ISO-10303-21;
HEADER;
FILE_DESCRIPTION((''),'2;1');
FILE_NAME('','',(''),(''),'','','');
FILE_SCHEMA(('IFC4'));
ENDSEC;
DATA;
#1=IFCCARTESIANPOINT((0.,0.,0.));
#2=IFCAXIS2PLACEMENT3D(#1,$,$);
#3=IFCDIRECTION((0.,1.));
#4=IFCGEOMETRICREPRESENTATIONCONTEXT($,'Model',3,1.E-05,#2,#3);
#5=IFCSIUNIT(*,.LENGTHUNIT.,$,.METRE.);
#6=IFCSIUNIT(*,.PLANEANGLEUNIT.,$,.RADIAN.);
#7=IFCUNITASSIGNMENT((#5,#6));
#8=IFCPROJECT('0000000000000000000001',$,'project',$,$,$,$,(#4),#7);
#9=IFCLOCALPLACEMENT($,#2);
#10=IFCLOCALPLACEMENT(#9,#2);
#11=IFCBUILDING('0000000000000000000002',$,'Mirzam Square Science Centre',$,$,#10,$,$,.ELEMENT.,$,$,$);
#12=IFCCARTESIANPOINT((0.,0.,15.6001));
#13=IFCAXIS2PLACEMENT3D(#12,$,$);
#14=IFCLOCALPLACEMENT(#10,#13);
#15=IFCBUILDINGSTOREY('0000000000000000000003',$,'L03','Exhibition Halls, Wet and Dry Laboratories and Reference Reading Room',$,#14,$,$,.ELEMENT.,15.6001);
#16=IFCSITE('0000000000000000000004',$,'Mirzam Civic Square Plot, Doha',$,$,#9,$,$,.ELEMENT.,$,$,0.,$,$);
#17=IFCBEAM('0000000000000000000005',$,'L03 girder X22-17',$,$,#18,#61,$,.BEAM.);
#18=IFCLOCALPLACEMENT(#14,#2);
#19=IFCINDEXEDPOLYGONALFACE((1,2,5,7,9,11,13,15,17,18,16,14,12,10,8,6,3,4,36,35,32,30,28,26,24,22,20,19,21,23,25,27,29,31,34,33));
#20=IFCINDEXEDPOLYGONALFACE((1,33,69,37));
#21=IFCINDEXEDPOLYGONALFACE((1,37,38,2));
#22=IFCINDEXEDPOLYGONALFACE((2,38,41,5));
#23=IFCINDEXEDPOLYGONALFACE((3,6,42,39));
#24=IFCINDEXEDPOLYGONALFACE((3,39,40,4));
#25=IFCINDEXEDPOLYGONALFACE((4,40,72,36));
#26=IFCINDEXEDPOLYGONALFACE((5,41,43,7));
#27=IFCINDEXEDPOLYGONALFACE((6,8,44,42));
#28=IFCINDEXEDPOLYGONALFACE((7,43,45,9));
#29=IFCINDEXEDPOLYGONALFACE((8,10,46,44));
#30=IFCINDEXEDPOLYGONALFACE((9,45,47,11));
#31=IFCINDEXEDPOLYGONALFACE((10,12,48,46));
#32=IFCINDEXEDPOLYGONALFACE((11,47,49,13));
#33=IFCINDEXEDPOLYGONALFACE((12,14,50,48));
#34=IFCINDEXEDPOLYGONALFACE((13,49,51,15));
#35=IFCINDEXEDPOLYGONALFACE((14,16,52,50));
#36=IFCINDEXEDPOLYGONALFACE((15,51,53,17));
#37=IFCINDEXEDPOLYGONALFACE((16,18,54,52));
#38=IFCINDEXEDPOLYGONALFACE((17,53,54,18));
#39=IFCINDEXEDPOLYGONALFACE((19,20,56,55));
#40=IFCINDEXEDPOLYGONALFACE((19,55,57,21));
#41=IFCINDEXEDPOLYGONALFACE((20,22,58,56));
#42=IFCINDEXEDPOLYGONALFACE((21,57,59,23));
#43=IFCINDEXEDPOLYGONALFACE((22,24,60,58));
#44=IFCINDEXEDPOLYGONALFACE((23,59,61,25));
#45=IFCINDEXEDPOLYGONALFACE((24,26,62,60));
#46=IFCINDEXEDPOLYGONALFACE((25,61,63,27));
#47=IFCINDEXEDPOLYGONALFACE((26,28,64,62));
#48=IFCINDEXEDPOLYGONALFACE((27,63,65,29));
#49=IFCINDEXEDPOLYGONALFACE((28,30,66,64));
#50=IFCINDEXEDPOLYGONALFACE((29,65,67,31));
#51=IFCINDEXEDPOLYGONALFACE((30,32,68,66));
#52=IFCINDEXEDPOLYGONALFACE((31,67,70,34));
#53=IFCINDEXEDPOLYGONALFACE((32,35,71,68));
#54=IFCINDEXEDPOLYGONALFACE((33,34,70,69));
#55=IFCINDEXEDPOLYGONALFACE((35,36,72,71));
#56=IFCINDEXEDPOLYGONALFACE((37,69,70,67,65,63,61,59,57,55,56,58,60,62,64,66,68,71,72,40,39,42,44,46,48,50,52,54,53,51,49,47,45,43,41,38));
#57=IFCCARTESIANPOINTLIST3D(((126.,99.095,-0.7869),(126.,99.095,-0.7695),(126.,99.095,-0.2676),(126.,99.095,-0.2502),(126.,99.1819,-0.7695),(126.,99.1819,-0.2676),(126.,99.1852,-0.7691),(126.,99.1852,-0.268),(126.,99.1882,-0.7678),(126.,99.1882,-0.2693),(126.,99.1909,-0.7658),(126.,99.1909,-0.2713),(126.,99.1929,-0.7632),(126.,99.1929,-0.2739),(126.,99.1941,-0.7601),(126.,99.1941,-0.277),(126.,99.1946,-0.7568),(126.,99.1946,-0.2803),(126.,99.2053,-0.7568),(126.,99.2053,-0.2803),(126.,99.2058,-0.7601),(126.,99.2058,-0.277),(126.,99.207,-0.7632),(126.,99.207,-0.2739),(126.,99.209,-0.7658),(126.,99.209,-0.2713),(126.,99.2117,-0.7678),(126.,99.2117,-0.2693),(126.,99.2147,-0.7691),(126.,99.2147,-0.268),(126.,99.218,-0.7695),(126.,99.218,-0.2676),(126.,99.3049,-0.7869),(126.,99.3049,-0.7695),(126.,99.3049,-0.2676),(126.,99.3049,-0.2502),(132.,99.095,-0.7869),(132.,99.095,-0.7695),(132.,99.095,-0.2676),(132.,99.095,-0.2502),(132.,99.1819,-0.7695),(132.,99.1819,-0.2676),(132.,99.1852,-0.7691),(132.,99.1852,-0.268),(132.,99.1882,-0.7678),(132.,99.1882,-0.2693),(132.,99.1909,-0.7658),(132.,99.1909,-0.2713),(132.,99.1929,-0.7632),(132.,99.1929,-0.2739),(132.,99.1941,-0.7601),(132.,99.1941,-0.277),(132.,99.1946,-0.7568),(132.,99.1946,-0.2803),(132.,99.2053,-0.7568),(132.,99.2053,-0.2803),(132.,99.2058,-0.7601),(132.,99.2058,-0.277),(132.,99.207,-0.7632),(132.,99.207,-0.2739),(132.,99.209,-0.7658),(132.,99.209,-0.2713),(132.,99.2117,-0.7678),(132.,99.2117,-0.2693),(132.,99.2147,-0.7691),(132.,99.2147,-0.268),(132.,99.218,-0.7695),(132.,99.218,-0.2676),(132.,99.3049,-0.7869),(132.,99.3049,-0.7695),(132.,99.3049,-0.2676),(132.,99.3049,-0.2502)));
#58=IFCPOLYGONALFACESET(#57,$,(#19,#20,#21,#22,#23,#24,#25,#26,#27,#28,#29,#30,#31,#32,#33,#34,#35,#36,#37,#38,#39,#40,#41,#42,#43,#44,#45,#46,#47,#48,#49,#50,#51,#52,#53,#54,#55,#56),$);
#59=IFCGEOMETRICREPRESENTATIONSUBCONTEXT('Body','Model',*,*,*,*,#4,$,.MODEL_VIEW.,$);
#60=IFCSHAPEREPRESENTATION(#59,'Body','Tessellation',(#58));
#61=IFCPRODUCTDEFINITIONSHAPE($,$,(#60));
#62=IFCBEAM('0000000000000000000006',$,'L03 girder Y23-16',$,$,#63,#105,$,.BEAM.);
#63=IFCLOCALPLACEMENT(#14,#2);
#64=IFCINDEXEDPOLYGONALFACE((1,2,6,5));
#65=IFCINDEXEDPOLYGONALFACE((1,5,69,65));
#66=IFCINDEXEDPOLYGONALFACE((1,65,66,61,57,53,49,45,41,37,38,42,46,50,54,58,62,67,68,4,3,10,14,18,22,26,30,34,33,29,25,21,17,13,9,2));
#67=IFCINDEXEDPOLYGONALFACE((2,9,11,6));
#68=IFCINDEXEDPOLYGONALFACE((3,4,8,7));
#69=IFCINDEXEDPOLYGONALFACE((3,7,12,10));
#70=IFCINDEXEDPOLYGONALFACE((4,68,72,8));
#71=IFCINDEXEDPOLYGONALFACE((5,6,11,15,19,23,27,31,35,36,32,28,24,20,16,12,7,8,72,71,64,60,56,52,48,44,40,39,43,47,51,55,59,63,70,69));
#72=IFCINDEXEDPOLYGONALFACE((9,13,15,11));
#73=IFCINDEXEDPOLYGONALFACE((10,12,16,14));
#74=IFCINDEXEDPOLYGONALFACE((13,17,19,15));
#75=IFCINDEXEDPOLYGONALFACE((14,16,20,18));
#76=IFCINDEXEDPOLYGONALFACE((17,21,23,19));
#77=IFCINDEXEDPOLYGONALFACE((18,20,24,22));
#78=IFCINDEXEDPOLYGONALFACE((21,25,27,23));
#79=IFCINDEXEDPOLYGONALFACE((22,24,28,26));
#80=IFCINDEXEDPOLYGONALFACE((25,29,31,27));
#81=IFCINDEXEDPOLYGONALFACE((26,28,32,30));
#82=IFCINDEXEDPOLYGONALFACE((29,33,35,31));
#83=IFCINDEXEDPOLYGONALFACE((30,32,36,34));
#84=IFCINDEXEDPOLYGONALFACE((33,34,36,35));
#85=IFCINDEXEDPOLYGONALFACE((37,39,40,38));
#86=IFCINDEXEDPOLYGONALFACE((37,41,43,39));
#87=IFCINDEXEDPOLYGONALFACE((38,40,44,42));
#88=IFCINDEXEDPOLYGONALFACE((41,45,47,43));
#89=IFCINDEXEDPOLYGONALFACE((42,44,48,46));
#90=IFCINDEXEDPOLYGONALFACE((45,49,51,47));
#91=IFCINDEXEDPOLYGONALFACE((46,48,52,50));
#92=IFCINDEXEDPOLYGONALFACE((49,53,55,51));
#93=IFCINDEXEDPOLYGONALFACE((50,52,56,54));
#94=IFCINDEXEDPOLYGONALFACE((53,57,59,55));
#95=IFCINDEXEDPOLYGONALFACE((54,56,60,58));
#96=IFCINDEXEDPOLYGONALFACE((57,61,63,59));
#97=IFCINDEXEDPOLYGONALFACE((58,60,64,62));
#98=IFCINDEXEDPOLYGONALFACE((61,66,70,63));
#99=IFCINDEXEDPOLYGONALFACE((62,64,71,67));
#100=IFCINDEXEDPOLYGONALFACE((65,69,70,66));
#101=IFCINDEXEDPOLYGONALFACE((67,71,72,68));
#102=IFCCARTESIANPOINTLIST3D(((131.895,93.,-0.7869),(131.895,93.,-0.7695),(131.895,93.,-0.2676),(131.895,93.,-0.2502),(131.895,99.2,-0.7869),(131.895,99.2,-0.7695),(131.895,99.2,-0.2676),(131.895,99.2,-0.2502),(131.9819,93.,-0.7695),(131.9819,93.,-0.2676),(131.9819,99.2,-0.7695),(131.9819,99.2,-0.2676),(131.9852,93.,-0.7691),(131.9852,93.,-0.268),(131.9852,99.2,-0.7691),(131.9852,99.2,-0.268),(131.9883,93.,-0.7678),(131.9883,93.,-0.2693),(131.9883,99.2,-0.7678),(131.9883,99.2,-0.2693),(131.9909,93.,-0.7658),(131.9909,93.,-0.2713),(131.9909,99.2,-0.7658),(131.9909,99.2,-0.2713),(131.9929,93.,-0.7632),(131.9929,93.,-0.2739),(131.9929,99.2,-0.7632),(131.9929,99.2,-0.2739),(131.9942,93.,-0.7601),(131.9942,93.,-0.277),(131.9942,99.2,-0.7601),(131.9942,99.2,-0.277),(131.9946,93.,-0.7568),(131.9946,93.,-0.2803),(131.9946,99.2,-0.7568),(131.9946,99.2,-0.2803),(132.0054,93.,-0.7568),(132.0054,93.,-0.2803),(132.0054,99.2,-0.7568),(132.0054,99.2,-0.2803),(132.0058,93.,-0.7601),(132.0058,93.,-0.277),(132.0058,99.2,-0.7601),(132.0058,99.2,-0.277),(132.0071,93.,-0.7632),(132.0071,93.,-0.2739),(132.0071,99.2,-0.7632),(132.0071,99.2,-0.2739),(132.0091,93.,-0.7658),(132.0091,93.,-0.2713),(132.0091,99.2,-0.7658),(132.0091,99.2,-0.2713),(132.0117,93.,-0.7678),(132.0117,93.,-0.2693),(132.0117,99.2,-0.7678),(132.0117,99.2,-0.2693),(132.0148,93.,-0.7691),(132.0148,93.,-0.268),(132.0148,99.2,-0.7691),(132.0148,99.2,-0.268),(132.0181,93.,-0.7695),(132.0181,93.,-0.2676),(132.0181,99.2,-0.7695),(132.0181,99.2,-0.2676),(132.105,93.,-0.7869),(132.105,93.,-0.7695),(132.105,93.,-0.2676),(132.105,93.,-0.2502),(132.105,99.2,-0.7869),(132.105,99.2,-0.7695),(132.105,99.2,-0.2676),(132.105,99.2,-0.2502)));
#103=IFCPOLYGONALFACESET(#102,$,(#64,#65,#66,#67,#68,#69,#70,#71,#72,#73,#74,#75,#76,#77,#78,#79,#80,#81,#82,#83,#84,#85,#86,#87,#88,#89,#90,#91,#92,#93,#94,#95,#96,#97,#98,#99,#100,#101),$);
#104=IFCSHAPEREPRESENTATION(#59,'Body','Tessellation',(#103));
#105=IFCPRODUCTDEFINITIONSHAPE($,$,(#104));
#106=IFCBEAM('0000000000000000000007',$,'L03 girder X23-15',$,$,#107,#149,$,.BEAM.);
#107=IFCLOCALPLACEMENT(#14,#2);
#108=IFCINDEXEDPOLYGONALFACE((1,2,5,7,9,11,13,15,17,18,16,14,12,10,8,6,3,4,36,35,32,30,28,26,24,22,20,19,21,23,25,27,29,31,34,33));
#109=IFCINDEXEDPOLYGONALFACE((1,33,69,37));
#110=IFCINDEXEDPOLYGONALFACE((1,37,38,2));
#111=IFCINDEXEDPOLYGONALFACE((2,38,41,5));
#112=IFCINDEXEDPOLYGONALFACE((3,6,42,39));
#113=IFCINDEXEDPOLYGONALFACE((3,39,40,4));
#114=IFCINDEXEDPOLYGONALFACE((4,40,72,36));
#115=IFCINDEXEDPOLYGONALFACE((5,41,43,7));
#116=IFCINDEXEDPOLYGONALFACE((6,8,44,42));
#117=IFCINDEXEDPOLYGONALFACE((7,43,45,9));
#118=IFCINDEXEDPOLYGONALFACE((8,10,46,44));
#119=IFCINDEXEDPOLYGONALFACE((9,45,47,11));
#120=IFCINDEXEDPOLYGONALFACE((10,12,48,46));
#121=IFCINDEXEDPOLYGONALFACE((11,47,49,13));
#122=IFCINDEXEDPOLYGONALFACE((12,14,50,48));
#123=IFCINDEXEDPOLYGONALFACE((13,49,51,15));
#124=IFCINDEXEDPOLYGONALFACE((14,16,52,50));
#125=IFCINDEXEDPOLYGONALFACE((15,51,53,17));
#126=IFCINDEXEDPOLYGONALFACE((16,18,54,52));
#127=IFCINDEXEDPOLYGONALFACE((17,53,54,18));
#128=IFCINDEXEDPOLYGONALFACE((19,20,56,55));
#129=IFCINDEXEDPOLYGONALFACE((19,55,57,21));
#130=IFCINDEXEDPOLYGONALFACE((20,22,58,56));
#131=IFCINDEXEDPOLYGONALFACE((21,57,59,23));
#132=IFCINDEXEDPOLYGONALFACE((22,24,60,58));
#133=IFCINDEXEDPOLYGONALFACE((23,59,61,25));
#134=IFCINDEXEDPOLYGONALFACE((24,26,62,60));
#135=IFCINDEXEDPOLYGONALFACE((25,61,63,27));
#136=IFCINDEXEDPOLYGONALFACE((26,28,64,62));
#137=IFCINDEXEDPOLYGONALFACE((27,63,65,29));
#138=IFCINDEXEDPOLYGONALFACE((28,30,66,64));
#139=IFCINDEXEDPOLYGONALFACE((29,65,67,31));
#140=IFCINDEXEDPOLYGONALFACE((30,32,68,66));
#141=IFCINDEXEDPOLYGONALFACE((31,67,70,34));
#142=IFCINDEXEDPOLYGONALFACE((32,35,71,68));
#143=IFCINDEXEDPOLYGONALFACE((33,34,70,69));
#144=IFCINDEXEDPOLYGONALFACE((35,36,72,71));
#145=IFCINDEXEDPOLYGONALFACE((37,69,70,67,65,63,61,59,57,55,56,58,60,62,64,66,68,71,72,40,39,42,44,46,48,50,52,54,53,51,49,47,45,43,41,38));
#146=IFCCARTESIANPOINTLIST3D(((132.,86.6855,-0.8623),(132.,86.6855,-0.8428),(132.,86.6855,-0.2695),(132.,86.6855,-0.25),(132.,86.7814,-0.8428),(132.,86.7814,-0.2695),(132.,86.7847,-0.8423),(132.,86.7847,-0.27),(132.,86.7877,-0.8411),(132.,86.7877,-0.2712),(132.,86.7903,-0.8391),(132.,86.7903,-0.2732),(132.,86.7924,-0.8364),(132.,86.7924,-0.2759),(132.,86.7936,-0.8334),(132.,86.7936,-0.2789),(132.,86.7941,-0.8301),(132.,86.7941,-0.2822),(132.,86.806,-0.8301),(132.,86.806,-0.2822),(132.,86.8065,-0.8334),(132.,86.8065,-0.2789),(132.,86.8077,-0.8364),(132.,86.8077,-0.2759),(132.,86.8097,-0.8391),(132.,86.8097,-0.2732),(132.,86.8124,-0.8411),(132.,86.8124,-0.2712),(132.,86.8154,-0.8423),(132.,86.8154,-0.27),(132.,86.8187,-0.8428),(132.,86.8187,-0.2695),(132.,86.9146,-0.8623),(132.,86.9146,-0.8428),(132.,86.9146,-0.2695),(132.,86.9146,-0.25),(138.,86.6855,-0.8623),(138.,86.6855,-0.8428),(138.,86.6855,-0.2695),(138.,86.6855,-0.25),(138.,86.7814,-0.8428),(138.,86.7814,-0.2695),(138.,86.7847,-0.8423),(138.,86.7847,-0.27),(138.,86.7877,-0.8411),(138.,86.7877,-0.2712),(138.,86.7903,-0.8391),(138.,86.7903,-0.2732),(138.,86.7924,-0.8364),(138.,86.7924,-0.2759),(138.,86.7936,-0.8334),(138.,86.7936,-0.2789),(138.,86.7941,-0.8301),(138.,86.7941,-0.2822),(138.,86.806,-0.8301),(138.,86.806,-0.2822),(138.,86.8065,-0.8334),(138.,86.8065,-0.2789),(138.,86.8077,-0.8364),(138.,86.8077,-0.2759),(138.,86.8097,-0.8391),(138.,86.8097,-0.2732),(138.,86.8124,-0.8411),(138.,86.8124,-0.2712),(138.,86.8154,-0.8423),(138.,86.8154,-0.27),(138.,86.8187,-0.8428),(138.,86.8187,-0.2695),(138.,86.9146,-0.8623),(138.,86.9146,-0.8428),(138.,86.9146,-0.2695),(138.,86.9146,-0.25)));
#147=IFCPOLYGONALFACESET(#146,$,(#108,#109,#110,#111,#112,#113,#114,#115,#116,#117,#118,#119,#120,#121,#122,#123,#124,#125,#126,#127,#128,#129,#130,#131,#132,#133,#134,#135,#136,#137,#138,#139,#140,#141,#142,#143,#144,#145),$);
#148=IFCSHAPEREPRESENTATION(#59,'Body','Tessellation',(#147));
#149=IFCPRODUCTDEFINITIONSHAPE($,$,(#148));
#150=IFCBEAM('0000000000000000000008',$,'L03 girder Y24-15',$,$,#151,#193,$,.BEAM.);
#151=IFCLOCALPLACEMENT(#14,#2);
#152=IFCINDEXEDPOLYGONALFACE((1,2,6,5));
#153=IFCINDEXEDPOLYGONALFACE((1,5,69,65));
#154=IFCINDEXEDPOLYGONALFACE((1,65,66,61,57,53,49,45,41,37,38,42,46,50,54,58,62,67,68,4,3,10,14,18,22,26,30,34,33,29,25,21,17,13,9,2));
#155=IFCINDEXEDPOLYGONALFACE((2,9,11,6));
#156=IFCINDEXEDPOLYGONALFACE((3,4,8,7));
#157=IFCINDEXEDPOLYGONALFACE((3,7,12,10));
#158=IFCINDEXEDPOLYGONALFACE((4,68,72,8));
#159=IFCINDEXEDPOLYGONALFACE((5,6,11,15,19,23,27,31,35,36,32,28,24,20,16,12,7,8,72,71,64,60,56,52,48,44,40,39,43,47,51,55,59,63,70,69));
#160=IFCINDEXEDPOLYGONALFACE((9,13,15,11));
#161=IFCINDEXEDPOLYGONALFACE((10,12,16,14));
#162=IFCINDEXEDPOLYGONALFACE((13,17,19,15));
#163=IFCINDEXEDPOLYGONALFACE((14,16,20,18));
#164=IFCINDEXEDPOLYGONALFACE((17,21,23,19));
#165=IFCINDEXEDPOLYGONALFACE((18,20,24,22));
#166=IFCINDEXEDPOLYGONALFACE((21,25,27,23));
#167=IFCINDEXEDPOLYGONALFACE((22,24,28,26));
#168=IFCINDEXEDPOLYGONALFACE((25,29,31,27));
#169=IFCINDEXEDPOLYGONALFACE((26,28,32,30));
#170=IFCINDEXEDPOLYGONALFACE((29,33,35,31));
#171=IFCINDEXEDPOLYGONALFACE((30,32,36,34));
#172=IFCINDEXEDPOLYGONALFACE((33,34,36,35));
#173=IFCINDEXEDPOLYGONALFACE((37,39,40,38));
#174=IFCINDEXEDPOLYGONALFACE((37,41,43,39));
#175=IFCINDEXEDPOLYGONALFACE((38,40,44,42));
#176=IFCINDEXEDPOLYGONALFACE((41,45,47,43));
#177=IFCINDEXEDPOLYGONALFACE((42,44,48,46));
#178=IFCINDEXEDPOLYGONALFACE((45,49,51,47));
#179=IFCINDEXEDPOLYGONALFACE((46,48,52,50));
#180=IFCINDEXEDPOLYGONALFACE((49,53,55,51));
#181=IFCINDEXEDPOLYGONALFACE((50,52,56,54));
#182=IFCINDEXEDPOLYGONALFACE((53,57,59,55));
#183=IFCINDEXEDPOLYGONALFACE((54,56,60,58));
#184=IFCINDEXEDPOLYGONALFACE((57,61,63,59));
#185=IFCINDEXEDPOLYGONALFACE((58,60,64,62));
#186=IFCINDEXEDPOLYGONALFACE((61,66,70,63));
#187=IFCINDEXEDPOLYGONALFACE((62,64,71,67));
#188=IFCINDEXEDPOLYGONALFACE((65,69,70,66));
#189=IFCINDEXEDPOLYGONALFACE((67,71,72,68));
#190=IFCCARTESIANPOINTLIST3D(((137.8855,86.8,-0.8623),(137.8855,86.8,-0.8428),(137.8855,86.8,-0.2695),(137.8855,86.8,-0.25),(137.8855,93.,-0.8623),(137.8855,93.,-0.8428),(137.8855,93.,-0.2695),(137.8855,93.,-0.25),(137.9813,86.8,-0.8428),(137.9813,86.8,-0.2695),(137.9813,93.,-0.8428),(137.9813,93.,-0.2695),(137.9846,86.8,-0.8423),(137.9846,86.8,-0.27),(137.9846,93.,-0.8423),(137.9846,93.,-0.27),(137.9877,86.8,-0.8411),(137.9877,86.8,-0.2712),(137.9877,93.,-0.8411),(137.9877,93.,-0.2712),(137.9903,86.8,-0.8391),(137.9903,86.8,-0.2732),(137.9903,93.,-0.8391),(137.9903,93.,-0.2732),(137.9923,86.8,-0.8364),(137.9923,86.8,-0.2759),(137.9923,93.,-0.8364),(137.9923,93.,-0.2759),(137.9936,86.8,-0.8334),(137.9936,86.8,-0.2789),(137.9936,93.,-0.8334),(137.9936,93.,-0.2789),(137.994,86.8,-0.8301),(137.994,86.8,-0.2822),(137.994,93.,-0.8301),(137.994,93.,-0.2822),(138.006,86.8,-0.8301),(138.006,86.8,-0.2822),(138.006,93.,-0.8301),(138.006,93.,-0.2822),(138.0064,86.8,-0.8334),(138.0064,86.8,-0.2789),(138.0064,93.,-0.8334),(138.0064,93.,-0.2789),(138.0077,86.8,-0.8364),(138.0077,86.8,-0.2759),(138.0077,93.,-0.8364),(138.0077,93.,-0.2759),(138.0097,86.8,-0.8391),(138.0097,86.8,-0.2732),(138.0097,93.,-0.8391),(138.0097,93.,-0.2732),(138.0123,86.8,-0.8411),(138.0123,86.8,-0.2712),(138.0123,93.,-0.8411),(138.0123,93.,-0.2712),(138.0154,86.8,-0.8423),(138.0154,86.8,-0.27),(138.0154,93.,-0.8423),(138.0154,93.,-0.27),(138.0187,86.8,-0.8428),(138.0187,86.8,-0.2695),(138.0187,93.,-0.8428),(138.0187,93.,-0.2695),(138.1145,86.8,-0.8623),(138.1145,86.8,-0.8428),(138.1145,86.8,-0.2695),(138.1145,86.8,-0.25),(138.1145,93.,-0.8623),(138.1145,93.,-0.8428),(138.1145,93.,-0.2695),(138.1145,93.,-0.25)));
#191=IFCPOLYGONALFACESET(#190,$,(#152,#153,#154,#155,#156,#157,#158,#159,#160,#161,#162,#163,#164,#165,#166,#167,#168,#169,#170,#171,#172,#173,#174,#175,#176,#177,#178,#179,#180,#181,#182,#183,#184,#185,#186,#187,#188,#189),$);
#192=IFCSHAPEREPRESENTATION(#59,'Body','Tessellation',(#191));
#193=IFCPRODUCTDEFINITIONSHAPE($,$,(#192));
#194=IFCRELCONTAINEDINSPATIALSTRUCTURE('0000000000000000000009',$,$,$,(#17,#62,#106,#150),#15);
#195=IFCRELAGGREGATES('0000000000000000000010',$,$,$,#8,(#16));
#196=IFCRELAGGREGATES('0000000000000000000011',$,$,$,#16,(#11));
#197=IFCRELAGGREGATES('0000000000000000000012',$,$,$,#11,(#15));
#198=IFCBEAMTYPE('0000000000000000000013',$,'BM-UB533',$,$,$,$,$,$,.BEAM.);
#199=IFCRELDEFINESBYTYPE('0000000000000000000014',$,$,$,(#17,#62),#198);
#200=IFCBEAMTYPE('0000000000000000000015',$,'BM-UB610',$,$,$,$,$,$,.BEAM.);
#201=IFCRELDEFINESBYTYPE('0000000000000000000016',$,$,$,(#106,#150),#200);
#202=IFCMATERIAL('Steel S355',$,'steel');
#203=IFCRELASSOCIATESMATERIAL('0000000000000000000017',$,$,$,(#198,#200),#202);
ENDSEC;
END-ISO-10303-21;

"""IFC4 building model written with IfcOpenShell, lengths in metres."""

from ifc_helpers import new_model, si_unit, direction, frame, origin, origin_2d, place, context, subcontext, project, spatial, i_section, extrude, material, material_profile, profile_set, type_object, element, save


model = new_model("IFC4")

# Units and contexts
model_context = context("Model", 3, precision=1e-05, world=origin(), true_north=direction((0.0, 1.0)))
body_context = subcontext(model_context, "Body", "Model", "MODEL_VIEW")
ifc_project = project(units=[si_unit("LENGTHUNIT", "METRE"), si_unit("PLANEANGLEUNIT", "RADIAN")], contexts=[model_context])

# Site, building, storey
site_placement = place(None, origin())
site = spatial("IfcSite", under=ifc_project, at=site_placement, Name="Mirzam Civic Square Plot, Doha", CompositionType="ELEMENT", RefElevation=0.0)
building_placement = place(site_placement, origin())
building = spatial("IfcBuilding", under=site, at=building_placement, Name="Mirzam Square Science Centre", CompositionType="ELEMENT")
storey_placement = place(building_placement, frame((0.0, 0.0, 15.6001)))
storey = spatial("IfcBuildingStorey", under=building, at=storey_placement, Name="L03", Description="Exhibition Halls, Wet and Dry Laboratories and Reference Reading Room", CompositionType="ELEMENT", Elevation=15.6001)

# Shared definitions
ifc_material_1 = material(Name="Steel S355", Category="steel")

# Beams
ifc_material_profile_1 = material_profile(ifc_material_1, i_section(OverallWidth=0.21, OverallDepth=0.5366, WebThickness=0.0107, FlangeThickness=0.0173, FilletRadius=0.0127, at=origin_2d()), Name="533x210x101UB")
ifc_profile_set_1 = profile_set([ifc_material_profile_1], Name="Steel S355")
beam_type_1 = type_object("IfcBeamType", Name="BM-UB533", PredefinedType="BEAM", material=ifc_profile_set_1)
for number, where, z_axis, x_axis, name in (
    (1, (126.0, 99.2, -0.5186), (1.0, 0.0, 0.0), (0.0, 1.0, 0.0), "L03 girder X22-17"),
):
    element("IfcBeam", number, at=place(storey_placement, frame(where, z_axis=z_axis, x_axis=x_axis)), inside=storey, type_object=beam_type_1, Name=name, PredefinedType="BEAM", context=body_context, shape_type="SweptSolid", body=[
        extrude(i_section(OverallWidth=0.21, OverallDepth=0.5366, WebThickness=0.0107, FlangeThickness=0.0173, FilletRadius=0.0127, at=origin_2d()), origin(), (0.0, 0.0, 1.0), 6.0),
    ])
beam_1_placement = place(storey_placement, frame((132.0, 93.0, -0.5186), z_axis=(0.0, 1.0, 0.0), x_axis=(-1.0, 0.0, 0.0)))
element("IfcBeam", 2, at=beam_1_placement, inside=storey, type_object=beam_type_1, Name="L03 girder Y23-16", PredefinedType="BEAM", context=body_context, shape_type="SweptSolid", body=[
    extrude(i_section(OverallWidth=0.21, OverallDepth=0.5366, WebThickness=0.0107, FlangeThickness=0.0173, FilletRadius=0.0127, at=origin_2d()), origin(), (0.0, 0.0, 1.0), 6.2),
])
ifc_material_profile_2 = material_profile(ifc_material_1, i_section(OverallWidth=0.229, OverallDepth=0.6123, WebThickness=0.012, FlangeThickness=0.0195, FilletRadius=0.0127, at=origin_2d()), Name="610x229x125UB")
ifc_profile_set_2 = profile_set([ifc_material_profile_2], Name="Steel S355")
beam_type_2 = type_object("IfcBeamType", Name="BM-UB610", PredefinedType="BEAM", material=ifc_profile_set_2)
beam_2_placement = place(storey_placement, frame((132.0, 86.8, -0.5562), z_axis=(1.0, 0.0, 0.0), x_axis=(0.0, 1.0, 0.0)))
element("IfcBeam", 3, at=beam_2_placement, inside=storey, type_object=beam_type_2, Name="L03 girder X23-15", PredefinedType="BEAM", context=body_context, shape_type="SweptSolid", body=[
    extrude(i_section(OverallWidth=0.229, OverallDepth=0.6123, WebThickness=0.012, FlangeThickness=0.0195, FilletRadius=0.0127, at=origin_2d()), origin(), (0.0, 0.0, 1.0), 6.0),
])
beam_3_placement = place(storey_placement, frame((138.0, 86.8, -0.5562), z_axis=(0.0, 1.0, 0.0), x_axis=(-1.0, 0.0, 0.0)))
element("IfcBeam", 4, at=beam_3_placement, inside=storey, type_object=beam_type_2, Name="L03 girder Y24-15", PredefinedType="BEAM", context=body_context, shape_type="SweptSolid", body=[
    extrude(i_section(OverallWidth=0.229, OverallDepth=0.6123, WebThickness=0.012, FlangeThickness=0.0195, FilletRadius=0.0127, at=origin_2d()), origin(), (0.0, 0.0, 1.0), 6.2),
])

save(model, "model.ifc")
